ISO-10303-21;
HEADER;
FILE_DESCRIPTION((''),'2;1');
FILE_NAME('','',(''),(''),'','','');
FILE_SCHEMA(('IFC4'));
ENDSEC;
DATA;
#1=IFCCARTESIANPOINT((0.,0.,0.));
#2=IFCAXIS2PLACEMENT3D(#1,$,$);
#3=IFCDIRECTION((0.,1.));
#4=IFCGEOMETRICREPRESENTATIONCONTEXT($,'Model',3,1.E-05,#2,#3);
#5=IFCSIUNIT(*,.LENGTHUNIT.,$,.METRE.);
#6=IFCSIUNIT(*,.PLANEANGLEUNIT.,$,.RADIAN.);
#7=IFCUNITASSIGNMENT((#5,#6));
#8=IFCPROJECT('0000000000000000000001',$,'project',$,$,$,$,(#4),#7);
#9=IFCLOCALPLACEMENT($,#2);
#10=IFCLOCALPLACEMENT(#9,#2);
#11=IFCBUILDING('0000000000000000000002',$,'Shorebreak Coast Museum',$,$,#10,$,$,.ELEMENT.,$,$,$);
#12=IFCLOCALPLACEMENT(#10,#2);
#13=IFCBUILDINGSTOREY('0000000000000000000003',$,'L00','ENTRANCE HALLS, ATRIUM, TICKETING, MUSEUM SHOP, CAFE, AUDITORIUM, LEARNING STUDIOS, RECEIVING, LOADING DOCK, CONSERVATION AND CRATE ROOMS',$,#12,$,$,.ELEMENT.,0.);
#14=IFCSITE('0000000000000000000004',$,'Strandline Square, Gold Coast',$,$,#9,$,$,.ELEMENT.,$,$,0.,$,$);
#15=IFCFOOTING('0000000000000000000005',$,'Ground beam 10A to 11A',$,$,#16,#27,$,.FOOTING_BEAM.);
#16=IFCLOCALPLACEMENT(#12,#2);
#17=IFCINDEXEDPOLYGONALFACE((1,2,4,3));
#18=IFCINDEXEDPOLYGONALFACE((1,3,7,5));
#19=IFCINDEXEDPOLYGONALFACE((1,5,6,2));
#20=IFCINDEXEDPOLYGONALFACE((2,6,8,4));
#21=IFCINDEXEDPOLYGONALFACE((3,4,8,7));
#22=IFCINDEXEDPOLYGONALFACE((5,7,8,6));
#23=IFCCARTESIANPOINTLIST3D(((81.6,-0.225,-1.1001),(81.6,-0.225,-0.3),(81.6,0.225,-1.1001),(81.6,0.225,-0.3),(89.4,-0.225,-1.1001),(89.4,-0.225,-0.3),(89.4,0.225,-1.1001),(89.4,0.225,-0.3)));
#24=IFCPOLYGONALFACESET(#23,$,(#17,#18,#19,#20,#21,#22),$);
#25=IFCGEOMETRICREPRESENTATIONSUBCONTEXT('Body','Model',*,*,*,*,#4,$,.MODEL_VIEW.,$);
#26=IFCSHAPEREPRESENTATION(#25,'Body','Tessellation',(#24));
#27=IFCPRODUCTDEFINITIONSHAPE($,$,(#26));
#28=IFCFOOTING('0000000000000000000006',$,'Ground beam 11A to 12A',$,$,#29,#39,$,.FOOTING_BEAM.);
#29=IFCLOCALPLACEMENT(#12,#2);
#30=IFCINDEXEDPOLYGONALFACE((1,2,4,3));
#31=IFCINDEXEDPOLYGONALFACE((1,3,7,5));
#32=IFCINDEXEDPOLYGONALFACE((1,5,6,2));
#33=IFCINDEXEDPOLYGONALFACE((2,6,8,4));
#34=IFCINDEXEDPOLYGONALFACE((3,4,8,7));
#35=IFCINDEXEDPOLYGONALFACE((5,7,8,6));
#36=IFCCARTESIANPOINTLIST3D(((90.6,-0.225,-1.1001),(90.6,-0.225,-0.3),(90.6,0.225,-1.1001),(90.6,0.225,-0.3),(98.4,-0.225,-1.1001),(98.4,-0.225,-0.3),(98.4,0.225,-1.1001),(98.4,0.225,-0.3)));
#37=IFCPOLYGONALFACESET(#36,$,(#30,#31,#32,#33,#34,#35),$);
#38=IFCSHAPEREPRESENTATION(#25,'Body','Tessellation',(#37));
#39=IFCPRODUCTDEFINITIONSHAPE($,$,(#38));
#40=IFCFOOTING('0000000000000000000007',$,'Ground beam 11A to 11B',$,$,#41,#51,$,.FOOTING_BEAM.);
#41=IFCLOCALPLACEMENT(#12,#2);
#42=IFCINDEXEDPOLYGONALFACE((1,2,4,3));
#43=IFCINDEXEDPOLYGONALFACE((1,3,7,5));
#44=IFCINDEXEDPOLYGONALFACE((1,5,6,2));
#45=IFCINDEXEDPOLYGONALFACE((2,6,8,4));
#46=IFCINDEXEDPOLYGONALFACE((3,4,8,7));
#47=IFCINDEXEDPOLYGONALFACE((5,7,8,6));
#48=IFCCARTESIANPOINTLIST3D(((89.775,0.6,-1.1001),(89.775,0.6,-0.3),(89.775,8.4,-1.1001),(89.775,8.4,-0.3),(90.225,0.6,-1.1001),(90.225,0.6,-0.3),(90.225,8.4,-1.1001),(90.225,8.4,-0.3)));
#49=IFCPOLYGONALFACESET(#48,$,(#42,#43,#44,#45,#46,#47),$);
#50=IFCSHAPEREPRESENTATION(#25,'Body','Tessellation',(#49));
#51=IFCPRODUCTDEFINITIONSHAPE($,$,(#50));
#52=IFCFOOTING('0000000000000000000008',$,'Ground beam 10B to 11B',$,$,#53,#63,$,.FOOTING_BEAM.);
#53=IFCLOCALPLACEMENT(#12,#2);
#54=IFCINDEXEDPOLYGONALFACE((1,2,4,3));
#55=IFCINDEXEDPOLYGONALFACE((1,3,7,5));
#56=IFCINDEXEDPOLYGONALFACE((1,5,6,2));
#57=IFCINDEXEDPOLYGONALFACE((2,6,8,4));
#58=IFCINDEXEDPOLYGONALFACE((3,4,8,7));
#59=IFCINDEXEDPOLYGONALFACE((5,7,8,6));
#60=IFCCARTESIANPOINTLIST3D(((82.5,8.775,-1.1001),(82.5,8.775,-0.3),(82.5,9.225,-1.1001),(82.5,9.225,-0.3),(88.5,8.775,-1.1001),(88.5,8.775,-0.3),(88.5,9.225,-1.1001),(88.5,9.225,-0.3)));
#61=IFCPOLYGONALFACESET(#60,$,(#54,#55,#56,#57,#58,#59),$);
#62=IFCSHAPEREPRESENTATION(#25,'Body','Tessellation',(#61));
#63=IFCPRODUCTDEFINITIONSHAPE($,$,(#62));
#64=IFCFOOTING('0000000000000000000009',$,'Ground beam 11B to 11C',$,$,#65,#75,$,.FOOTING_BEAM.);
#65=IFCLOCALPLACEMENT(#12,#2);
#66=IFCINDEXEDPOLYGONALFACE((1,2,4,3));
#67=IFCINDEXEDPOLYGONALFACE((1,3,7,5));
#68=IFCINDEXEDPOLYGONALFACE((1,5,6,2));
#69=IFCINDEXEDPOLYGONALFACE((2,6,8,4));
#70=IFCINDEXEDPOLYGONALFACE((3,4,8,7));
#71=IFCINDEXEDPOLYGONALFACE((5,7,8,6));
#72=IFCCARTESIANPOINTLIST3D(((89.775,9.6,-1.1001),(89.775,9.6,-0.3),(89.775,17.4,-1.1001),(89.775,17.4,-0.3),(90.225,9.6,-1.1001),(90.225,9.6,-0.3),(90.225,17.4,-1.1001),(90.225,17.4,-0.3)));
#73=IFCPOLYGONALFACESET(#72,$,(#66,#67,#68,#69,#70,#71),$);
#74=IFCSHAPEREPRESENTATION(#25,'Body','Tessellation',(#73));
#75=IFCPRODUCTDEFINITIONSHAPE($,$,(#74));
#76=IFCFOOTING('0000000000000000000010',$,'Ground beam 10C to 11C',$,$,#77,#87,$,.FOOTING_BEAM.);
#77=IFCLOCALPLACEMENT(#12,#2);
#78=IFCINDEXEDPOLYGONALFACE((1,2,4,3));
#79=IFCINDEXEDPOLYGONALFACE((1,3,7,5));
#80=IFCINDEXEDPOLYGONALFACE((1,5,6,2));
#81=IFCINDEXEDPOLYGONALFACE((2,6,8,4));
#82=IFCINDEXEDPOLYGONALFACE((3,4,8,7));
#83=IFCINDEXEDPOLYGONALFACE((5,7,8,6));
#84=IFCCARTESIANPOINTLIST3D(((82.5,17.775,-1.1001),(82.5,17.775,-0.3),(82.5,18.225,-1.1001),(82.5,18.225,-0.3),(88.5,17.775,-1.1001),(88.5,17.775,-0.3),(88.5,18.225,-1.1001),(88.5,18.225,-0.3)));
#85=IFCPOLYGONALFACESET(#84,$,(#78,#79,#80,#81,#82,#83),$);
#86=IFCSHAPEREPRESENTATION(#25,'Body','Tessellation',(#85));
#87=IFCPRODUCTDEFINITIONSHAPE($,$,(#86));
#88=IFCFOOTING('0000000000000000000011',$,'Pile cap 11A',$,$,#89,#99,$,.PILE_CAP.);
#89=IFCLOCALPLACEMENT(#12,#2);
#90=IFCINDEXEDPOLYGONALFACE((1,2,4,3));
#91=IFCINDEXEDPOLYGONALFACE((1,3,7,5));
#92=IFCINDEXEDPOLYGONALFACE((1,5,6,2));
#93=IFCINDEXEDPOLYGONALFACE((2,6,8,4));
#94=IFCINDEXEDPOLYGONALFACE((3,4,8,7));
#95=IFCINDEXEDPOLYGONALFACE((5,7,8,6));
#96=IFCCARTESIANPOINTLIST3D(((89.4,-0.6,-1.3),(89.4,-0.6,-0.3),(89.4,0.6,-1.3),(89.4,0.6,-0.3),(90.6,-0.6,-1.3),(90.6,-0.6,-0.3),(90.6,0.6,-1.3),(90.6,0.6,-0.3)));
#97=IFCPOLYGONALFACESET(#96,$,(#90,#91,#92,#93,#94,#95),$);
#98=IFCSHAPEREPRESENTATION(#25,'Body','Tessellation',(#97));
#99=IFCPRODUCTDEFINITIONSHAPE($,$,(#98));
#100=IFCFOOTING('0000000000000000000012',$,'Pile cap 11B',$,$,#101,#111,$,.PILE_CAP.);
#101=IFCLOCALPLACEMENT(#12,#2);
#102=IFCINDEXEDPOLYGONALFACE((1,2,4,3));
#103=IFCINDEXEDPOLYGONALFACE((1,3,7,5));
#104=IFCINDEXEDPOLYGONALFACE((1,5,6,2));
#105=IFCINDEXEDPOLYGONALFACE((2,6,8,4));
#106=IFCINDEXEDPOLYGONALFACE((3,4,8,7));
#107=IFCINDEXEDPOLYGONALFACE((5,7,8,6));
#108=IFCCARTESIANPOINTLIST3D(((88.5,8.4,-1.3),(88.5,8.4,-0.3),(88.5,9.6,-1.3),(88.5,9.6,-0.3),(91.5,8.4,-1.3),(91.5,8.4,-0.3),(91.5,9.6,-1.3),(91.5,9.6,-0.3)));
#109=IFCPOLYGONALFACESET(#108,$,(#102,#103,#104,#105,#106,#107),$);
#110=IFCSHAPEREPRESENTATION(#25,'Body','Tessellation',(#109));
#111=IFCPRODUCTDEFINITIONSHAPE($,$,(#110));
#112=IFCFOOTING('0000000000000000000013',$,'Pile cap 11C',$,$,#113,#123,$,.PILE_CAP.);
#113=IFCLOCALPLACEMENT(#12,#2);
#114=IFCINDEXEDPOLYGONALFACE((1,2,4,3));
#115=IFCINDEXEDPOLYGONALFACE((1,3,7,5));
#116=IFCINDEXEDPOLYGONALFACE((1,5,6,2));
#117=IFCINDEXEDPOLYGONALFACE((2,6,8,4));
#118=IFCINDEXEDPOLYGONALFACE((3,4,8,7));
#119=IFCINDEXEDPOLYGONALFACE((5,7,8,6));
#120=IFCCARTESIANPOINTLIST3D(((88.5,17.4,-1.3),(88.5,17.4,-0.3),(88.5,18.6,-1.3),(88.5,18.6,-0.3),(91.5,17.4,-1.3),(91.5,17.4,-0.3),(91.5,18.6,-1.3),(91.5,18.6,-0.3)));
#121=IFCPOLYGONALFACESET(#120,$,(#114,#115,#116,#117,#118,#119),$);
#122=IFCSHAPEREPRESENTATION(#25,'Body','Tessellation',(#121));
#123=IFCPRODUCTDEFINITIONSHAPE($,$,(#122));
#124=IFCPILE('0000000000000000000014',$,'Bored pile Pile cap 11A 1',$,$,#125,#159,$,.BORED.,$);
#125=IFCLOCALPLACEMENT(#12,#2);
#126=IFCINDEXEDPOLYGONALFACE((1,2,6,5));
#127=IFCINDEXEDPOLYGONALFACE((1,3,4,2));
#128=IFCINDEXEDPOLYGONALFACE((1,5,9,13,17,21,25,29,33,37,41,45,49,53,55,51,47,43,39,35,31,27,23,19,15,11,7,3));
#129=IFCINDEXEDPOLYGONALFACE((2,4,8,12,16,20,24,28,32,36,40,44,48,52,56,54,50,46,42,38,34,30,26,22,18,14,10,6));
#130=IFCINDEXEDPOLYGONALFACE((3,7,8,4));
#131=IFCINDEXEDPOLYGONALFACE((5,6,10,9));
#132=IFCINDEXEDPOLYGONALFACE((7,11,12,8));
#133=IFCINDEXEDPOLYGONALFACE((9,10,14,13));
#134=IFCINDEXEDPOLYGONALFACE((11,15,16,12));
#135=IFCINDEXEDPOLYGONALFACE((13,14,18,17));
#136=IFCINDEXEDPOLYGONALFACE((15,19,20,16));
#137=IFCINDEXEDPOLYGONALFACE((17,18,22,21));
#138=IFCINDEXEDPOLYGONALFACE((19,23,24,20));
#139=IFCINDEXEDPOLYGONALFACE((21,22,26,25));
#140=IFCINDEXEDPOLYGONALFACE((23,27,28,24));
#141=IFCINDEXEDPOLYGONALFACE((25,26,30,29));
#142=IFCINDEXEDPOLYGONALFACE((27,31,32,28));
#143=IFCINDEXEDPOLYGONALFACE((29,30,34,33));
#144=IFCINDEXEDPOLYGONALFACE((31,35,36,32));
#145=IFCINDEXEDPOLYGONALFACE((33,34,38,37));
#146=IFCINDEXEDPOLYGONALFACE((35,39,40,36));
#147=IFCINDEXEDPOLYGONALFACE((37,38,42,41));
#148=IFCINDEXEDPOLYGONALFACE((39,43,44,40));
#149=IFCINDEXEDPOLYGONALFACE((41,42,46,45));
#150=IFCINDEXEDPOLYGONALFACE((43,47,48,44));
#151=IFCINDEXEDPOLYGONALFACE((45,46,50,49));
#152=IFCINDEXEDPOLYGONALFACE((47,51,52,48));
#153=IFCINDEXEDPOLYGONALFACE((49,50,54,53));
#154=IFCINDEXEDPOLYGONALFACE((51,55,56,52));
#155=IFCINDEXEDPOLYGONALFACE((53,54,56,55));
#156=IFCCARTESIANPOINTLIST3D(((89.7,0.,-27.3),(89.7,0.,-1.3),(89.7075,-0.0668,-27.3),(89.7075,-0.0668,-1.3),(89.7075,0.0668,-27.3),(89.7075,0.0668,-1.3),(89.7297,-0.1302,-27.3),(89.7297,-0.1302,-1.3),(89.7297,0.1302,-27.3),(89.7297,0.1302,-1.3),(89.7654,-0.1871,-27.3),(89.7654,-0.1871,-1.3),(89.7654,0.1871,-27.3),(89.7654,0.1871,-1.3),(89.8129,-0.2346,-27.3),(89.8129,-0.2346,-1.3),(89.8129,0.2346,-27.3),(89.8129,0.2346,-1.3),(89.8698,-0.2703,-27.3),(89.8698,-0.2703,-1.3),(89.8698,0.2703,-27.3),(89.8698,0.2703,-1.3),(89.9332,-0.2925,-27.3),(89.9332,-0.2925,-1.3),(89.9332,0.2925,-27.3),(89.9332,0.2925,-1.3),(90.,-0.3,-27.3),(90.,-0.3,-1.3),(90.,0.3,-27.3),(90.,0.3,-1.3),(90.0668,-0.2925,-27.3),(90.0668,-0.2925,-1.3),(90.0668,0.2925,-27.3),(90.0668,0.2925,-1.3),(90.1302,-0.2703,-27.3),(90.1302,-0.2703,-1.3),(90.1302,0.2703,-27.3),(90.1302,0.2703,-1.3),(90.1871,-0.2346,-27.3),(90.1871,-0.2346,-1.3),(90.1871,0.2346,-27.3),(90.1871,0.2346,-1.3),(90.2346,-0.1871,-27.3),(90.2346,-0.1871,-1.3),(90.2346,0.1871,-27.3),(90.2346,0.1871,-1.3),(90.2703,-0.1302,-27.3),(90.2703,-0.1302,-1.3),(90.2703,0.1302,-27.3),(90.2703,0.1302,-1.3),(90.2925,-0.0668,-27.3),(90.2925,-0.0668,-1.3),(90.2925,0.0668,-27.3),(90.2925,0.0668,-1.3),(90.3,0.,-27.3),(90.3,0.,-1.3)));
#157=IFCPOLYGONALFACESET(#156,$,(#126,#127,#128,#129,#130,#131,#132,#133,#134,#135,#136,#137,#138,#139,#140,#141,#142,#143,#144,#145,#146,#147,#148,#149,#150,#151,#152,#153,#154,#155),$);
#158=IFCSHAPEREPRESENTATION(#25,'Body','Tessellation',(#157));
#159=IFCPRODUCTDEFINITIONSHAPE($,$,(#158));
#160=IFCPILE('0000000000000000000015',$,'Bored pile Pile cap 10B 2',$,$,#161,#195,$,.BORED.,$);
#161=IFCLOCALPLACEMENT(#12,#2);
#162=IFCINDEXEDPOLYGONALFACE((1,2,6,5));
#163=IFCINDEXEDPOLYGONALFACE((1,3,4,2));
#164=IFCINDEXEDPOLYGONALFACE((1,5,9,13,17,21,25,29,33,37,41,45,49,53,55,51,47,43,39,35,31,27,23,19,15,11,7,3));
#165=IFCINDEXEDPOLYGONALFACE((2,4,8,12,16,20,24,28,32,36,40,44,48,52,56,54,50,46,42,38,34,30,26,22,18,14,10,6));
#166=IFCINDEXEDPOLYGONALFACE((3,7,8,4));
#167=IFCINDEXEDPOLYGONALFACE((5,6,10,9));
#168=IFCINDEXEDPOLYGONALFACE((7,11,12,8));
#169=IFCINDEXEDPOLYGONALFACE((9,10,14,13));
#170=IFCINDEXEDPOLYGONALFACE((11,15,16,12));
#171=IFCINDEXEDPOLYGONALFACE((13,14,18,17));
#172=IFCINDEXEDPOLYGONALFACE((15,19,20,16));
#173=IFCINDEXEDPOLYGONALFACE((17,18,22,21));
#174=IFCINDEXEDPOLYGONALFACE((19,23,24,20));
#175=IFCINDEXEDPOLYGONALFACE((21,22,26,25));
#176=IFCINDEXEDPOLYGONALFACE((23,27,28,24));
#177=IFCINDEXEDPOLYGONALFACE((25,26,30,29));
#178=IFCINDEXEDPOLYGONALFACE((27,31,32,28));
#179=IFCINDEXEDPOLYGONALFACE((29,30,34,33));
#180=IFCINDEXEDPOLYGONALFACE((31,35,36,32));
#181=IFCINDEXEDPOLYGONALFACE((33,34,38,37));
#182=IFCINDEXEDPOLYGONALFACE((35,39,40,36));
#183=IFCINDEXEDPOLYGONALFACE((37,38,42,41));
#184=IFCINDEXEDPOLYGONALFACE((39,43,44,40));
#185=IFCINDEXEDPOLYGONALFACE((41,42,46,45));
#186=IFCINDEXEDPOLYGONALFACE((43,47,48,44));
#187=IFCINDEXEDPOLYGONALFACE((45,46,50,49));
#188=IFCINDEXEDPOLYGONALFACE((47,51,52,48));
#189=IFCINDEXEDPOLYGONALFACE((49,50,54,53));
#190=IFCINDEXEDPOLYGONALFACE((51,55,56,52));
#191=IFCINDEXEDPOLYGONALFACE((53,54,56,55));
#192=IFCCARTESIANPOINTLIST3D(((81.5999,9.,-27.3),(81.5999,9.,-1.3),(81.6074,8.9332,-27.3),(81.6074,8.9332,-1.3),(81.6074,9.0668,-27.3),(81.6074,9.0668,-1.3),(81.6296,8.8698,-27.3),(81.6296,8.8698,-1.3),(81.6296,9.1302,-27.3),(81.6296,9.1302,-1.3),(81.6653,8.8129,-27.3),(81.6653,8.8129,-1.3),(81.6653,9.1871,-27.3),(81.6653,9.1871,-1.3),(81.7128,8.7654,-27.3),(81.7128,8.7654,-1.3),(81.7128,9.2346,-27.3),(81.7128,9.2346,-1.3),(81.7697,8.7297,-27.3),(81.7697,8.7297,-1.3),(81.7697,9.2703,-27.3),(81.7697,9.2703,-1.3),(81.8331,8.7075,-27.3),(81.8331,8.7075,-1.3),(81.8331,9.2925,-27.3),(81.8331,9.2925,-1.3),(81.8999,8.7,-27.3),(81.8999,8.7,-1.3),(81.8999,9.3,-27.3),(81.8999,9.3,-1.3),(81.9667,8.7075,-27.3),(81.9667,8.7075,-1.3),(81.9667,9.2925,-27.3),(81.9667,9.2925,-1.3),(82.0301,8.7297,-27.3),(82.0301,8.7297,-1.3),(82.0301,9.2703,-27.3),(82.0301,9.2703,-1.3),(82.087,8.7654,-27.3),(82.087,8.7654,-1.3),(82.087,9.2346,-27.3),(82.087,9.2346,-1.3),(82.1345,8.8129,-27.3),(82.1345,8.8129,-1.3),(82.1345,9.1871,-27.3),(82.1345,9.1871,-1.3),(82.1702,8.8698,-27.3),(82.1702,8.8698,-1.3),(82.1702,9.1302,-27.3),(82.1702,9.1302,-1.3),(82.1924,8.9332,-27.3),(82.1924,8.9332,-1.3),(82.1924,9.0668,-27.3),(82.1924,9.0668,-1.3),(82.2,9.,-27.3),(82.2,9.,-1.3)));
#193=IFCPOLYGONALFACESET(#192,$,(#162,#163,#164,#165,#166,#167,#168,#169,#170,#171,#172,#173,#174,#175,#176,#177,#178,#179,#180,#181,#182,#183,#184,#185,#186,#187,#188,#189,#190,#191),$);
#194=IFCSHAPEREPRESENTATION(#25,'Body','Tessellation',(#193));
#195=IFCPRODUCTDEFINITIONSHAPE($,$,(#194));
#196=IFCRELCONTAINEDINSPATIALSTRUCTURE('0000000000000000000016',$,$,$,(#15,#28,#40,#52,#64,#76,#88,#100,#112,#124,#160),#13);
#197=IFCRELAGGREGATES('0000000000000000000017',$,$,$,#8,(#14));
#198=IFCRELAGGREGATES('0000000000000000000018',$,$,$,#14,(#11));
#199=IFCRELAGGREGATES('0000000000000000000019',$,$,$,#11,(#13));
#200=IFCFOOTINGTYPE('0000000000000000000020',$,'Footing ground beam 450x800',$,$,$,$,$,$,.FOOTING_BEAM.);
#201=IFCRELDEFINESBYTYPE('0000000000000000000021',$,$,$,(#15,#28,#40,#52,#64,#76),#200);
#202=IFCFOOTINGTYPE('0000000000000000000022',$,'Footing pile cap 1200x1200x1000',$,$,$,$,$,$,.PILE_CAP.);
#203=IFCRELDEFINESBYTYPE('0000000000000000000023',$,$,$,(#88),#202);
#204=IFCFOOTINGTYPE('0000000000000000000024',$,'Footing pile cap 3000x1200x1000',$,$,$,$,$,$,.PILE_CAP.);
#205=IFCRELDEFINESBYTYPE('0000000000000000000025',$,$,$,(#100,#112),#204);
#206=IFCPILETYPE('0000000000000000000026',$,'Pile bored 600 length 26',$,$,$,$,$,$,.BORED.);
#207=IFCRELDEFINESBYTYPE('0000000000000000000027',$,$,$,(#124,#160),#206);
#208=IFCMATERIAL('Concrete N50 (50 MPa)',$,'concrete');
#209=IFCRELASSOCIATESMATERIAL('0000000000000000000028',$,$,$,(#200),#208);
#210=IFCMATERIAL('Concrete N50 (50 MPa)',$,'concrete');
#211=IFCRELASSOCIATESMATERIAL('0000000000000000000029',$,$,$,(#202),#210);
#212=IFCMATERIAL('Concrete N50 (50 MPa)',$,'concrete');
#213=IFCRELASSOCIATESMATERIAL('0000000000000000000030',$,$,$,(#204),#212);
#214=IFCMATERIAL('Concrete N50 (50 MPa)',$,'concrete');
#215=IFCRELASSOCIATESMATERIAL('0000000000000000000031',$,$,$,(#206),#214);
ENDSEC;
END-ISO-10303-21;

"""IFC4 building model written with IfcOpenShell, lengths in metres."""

from ifc_helpers import new_model, si_unit, direction, frame, origin, origin_2d, place, context, subcontext, project, spatial, rectangle, circle, extrude, material, material_profile, profile_set, type_object, element, save


model = new_model("IFC4")

# Units and contexts
model_context = context("Model", 3, precision=1e-05, world=origin(), true_north=direction((0.0, 1.0)))
body_context = subcontext(model_context, "Body", "Model", "MODEL_VIEW")
ifc_project = project(units=[si_unit("LENGTHUNIT", "METRE"), si_unit("PLANEANGLEUNIT", "RADIAN")], contexts=[model_context])

# Site, building, storey
site_placement = place(None, origin())
site = spatial("IfcSite", under=ifc_project, at=site_placement, Name="Strandline Square, Gold Coast", CompositionType="ELEMENT", RefElevation=0.0)
building_placement = place(site_placement, origin())
building = spatial("IfcBuilding", under=site, at=building_placement, Name="Shorebreak Coast Museum", CompositionType="ELEMENT")
storey_placement = place(building_placement, origin())
storey = spatial("IfcBuildingStorey", under=building, at=storey_placement, Name="L00", Description="ENTRANCE HALLS, ATRIUM, TICKETING, MUSEUM SHOP, CAFE, AUDITORIUM, LEARNING STUDIOS, RECEIVING, LOADING DOCK, CONSERVATION AND CRATE ROOMS", CompositionType="ELEMENT", Elevation=0.0)

# Footings
ifc_material_1 = material(Name="Concrete N50 (50 MPa)", Category="concrete")
footing_type_1 = type_object("IfcFootingType", Name="Footing ground beam 450x800", PredefinedType="FOOTING_BEAM", material=ifc_material_1)
for number, where, z_axis, x_axis, name in (
    (1, (85.5, 0.0, -1.1001), (0.0, 0.0, 1.0), (1.0, 0.0, 0.0), "Ground beam 10A to 11A"),
    (2, (94.5, 0.0, -1.1001), (0.0, 0.0, 1.0), (1.0, 0.0, 0.0), "Ground beam 11A to 12A"),
):
    element("IfcFooting", number, at=place(storey_placement, frame(where, z_axis=z_axis, x_axis=x_axis)), inside=storey, type_object=footing_type_1, Name=name, PredefinedType="FOOTING_BEAM", context=body_context, shape_type="SweptSolid", body=[
        extrude(rectangle(XDim=7.8, YDim=0.45, at=origin_2d()), origin(), (0.0, 0.0, 1.0), 0.8),
    ])
footing_1_placement = place(storey_placement, frame((90.0, 4.5, -1.1001), z_axis=(0.0, 0.0, 1.0), x_axis=(1.0, 0.0, 0.0)))
element("IfcFooting", 3, at=footing_1_placement, inside=storey, type_object=footing_type_1, Name="Ground beam 11A to 11B", PredefinedType="FOOTING_BEAM", context=body_context, shape_type="SweptSolid", body=[
    extrude(rectangle(XDim=0.45, YDim=7.8, at=origin_2d()), origin(), (0.0, 0.0, 1.0), 0.8),
])
footing_2_placement = place(storey_placement, frame((85.5, 9.0, -1.1001), z_axis=(0.0, 0.0, 1.0), x_axis=(1.0, 0.0, 0.0)))
element("IfcFooting", 4, at=footing_2_placement, inside=storey, type_object=footing_type_1, Name="Ground beam 10B to 11B", PredefinedType="FOOTING_BEAM", context=body_context, shape_type="SweptSolid", body=[
    extrude(rectangle(XDim=6.0, YDim=0.45, at=origin_2d()), origin(), (0.0, 0.0, 1.0), 0.8),
])
footing_3_placement = place(storey_placement, frame((90.0, 13.5, -1.1001), z_axis=(0.0, 0.0, 1.0), x_axis=(1.0, 0.0, 0.0)))
element("IfcFooting", 5, at=footing_3_placement, inside=storey, type_object=footing_type_1, Name="Ground beam 11B to 11C", PredefinedType="FOOTING_BEAM", context=body_context, shape_type="SweptSolid", body=[
    extrude(rectangle(XDim=0.45, YDim=7.8, at=origin_2d()), origin(), (0.0, 0.0, 1.0), 0.8),
])
footing_4_placement = place(storey_placement, frame((85.5, 18.0, -1.1001), z_axis=(0.0, 0.0, 1.0), x_axis=(1.0, 0.0, 0.0)))
element("IfcFooting", 6, at=footing_4_placement, inside=storey, type_object=footing_type_1, Name="Ground beam 10C to 11C", PredefinedType="FOOTING_BEAM", context=body_context, shape_type="SweptSolid", body=[
    extrude(rectangle(XDim=6.0, YDim=0.45, at=origin_2d()), origin(), (0.0, 0.0, 1.0), 0.8),
])
ifc_material_2 = material(Name="Concrete N50 (50 MPa)", Category="concrete")
footing_type_2 = type_object("IfcFootingType", Name="Footing pile cap 1200x1200x1000", PredefinedType="PILE_CAP", material=ifc_material_2)
footing_5_placement = place(storey_placement, frame((90.0, 0.0, -1.3), z_axis=(0.0, 0.0, 1.0), x_axis=(1.0, 0.0, 0.0)))
element("IfcFooting", 7, at=footing_5_placement, inside=storey, type_object=footing_type_2, Name="Pile cap 11A", PredefinedType="PILE_CAP", context=body_context, shape_type="SweptSolid", body=[
    extrude(rectangle(XDim=1.2, YDim=1.2, at=origin_2d()), origin(), (0.0, 0.0, 1.0), 1.0),
])
ifc_material_3 = material(Name="Concrete N50 (50 MPa)", Category="concrete")
footing_type_3 = type_object("IfcFootingType", Name="Footing pile cap 3000x1200x1000", PredefinedType="PILE_CAP", material=ifc_material_3)
for number, where, z_axis, x_axis, name in (
    (8, (90.0, 9.0, -1.3), (0.0, 0.0, 1.0), (1.0, 0.0, 0.0), "Pile cap 11B"),
    (9, (90.0, 18.0, -1.3), (0.0, 0.0, 1.0), (1.0, 0.0, 0.0), "Pile cap 11C"),
):
    element("IfcFooting", number, at=place(storey_placement, frame(where, z_axis=z_axis, x_axis=x_axis)), inside=storey, type_object=footing_type_3, Name=name, PredefinedType="PILE_CAP", context=body_context, shape_type="SweptSolid", body=[
        extrude(rectangle(XDim=3.0, YDim=1.2, at=origin_2d()), origin(), (0.0, 0.0, 1.0), 1.0),
    ])

# Piles
ifc_material_4 = material(Name="Concrete N50 (50 MPa)", Category="concrete")
ifc_material_profile_1 = material_profile(ifc_material_4, circle(Radius=0.3, at=origin_2d()), Name="Pile bored 600 length 26")
ifc_profile_set_1 = profile_set([ifc_material_profile_1], Name="Concrete N50 (50 MPa)")
pile_type = type_object("IfcPileType", Name="Pile bored 600 length 26", PredefinedType="BORED", material=ifc_profile_set_1)
for number, where, z_axis, x_axis, name in (
    (10, (90.0, 0.0, -1.3), (0.0, 0.0, -1.0), (1.0, 0.0, 0.0), "Bored pile Pile cap 11A 1"),
    (11, (81.8999, 9.0, -1.3), (0.0, 0.0, -1.0), (1.0, 0.0, 0.0), "Bored pile Pile cap 10B 2"),
):
    element("IfcPile", number, at=place(storey_placement, frame(where, z_axis=z_axis, x_axis=x_axis)), inside=storey, type_object=pile_type, Name=name, PredefinedType="BORED", context=body_context, shape_type="SweptSolid", body=[
        extrude(circle(Radius=0.3, at=origin_2d()), origin(), (0.0, 0.0, 1.0), 26.0),
    ])

save(model, "model.ifc")
